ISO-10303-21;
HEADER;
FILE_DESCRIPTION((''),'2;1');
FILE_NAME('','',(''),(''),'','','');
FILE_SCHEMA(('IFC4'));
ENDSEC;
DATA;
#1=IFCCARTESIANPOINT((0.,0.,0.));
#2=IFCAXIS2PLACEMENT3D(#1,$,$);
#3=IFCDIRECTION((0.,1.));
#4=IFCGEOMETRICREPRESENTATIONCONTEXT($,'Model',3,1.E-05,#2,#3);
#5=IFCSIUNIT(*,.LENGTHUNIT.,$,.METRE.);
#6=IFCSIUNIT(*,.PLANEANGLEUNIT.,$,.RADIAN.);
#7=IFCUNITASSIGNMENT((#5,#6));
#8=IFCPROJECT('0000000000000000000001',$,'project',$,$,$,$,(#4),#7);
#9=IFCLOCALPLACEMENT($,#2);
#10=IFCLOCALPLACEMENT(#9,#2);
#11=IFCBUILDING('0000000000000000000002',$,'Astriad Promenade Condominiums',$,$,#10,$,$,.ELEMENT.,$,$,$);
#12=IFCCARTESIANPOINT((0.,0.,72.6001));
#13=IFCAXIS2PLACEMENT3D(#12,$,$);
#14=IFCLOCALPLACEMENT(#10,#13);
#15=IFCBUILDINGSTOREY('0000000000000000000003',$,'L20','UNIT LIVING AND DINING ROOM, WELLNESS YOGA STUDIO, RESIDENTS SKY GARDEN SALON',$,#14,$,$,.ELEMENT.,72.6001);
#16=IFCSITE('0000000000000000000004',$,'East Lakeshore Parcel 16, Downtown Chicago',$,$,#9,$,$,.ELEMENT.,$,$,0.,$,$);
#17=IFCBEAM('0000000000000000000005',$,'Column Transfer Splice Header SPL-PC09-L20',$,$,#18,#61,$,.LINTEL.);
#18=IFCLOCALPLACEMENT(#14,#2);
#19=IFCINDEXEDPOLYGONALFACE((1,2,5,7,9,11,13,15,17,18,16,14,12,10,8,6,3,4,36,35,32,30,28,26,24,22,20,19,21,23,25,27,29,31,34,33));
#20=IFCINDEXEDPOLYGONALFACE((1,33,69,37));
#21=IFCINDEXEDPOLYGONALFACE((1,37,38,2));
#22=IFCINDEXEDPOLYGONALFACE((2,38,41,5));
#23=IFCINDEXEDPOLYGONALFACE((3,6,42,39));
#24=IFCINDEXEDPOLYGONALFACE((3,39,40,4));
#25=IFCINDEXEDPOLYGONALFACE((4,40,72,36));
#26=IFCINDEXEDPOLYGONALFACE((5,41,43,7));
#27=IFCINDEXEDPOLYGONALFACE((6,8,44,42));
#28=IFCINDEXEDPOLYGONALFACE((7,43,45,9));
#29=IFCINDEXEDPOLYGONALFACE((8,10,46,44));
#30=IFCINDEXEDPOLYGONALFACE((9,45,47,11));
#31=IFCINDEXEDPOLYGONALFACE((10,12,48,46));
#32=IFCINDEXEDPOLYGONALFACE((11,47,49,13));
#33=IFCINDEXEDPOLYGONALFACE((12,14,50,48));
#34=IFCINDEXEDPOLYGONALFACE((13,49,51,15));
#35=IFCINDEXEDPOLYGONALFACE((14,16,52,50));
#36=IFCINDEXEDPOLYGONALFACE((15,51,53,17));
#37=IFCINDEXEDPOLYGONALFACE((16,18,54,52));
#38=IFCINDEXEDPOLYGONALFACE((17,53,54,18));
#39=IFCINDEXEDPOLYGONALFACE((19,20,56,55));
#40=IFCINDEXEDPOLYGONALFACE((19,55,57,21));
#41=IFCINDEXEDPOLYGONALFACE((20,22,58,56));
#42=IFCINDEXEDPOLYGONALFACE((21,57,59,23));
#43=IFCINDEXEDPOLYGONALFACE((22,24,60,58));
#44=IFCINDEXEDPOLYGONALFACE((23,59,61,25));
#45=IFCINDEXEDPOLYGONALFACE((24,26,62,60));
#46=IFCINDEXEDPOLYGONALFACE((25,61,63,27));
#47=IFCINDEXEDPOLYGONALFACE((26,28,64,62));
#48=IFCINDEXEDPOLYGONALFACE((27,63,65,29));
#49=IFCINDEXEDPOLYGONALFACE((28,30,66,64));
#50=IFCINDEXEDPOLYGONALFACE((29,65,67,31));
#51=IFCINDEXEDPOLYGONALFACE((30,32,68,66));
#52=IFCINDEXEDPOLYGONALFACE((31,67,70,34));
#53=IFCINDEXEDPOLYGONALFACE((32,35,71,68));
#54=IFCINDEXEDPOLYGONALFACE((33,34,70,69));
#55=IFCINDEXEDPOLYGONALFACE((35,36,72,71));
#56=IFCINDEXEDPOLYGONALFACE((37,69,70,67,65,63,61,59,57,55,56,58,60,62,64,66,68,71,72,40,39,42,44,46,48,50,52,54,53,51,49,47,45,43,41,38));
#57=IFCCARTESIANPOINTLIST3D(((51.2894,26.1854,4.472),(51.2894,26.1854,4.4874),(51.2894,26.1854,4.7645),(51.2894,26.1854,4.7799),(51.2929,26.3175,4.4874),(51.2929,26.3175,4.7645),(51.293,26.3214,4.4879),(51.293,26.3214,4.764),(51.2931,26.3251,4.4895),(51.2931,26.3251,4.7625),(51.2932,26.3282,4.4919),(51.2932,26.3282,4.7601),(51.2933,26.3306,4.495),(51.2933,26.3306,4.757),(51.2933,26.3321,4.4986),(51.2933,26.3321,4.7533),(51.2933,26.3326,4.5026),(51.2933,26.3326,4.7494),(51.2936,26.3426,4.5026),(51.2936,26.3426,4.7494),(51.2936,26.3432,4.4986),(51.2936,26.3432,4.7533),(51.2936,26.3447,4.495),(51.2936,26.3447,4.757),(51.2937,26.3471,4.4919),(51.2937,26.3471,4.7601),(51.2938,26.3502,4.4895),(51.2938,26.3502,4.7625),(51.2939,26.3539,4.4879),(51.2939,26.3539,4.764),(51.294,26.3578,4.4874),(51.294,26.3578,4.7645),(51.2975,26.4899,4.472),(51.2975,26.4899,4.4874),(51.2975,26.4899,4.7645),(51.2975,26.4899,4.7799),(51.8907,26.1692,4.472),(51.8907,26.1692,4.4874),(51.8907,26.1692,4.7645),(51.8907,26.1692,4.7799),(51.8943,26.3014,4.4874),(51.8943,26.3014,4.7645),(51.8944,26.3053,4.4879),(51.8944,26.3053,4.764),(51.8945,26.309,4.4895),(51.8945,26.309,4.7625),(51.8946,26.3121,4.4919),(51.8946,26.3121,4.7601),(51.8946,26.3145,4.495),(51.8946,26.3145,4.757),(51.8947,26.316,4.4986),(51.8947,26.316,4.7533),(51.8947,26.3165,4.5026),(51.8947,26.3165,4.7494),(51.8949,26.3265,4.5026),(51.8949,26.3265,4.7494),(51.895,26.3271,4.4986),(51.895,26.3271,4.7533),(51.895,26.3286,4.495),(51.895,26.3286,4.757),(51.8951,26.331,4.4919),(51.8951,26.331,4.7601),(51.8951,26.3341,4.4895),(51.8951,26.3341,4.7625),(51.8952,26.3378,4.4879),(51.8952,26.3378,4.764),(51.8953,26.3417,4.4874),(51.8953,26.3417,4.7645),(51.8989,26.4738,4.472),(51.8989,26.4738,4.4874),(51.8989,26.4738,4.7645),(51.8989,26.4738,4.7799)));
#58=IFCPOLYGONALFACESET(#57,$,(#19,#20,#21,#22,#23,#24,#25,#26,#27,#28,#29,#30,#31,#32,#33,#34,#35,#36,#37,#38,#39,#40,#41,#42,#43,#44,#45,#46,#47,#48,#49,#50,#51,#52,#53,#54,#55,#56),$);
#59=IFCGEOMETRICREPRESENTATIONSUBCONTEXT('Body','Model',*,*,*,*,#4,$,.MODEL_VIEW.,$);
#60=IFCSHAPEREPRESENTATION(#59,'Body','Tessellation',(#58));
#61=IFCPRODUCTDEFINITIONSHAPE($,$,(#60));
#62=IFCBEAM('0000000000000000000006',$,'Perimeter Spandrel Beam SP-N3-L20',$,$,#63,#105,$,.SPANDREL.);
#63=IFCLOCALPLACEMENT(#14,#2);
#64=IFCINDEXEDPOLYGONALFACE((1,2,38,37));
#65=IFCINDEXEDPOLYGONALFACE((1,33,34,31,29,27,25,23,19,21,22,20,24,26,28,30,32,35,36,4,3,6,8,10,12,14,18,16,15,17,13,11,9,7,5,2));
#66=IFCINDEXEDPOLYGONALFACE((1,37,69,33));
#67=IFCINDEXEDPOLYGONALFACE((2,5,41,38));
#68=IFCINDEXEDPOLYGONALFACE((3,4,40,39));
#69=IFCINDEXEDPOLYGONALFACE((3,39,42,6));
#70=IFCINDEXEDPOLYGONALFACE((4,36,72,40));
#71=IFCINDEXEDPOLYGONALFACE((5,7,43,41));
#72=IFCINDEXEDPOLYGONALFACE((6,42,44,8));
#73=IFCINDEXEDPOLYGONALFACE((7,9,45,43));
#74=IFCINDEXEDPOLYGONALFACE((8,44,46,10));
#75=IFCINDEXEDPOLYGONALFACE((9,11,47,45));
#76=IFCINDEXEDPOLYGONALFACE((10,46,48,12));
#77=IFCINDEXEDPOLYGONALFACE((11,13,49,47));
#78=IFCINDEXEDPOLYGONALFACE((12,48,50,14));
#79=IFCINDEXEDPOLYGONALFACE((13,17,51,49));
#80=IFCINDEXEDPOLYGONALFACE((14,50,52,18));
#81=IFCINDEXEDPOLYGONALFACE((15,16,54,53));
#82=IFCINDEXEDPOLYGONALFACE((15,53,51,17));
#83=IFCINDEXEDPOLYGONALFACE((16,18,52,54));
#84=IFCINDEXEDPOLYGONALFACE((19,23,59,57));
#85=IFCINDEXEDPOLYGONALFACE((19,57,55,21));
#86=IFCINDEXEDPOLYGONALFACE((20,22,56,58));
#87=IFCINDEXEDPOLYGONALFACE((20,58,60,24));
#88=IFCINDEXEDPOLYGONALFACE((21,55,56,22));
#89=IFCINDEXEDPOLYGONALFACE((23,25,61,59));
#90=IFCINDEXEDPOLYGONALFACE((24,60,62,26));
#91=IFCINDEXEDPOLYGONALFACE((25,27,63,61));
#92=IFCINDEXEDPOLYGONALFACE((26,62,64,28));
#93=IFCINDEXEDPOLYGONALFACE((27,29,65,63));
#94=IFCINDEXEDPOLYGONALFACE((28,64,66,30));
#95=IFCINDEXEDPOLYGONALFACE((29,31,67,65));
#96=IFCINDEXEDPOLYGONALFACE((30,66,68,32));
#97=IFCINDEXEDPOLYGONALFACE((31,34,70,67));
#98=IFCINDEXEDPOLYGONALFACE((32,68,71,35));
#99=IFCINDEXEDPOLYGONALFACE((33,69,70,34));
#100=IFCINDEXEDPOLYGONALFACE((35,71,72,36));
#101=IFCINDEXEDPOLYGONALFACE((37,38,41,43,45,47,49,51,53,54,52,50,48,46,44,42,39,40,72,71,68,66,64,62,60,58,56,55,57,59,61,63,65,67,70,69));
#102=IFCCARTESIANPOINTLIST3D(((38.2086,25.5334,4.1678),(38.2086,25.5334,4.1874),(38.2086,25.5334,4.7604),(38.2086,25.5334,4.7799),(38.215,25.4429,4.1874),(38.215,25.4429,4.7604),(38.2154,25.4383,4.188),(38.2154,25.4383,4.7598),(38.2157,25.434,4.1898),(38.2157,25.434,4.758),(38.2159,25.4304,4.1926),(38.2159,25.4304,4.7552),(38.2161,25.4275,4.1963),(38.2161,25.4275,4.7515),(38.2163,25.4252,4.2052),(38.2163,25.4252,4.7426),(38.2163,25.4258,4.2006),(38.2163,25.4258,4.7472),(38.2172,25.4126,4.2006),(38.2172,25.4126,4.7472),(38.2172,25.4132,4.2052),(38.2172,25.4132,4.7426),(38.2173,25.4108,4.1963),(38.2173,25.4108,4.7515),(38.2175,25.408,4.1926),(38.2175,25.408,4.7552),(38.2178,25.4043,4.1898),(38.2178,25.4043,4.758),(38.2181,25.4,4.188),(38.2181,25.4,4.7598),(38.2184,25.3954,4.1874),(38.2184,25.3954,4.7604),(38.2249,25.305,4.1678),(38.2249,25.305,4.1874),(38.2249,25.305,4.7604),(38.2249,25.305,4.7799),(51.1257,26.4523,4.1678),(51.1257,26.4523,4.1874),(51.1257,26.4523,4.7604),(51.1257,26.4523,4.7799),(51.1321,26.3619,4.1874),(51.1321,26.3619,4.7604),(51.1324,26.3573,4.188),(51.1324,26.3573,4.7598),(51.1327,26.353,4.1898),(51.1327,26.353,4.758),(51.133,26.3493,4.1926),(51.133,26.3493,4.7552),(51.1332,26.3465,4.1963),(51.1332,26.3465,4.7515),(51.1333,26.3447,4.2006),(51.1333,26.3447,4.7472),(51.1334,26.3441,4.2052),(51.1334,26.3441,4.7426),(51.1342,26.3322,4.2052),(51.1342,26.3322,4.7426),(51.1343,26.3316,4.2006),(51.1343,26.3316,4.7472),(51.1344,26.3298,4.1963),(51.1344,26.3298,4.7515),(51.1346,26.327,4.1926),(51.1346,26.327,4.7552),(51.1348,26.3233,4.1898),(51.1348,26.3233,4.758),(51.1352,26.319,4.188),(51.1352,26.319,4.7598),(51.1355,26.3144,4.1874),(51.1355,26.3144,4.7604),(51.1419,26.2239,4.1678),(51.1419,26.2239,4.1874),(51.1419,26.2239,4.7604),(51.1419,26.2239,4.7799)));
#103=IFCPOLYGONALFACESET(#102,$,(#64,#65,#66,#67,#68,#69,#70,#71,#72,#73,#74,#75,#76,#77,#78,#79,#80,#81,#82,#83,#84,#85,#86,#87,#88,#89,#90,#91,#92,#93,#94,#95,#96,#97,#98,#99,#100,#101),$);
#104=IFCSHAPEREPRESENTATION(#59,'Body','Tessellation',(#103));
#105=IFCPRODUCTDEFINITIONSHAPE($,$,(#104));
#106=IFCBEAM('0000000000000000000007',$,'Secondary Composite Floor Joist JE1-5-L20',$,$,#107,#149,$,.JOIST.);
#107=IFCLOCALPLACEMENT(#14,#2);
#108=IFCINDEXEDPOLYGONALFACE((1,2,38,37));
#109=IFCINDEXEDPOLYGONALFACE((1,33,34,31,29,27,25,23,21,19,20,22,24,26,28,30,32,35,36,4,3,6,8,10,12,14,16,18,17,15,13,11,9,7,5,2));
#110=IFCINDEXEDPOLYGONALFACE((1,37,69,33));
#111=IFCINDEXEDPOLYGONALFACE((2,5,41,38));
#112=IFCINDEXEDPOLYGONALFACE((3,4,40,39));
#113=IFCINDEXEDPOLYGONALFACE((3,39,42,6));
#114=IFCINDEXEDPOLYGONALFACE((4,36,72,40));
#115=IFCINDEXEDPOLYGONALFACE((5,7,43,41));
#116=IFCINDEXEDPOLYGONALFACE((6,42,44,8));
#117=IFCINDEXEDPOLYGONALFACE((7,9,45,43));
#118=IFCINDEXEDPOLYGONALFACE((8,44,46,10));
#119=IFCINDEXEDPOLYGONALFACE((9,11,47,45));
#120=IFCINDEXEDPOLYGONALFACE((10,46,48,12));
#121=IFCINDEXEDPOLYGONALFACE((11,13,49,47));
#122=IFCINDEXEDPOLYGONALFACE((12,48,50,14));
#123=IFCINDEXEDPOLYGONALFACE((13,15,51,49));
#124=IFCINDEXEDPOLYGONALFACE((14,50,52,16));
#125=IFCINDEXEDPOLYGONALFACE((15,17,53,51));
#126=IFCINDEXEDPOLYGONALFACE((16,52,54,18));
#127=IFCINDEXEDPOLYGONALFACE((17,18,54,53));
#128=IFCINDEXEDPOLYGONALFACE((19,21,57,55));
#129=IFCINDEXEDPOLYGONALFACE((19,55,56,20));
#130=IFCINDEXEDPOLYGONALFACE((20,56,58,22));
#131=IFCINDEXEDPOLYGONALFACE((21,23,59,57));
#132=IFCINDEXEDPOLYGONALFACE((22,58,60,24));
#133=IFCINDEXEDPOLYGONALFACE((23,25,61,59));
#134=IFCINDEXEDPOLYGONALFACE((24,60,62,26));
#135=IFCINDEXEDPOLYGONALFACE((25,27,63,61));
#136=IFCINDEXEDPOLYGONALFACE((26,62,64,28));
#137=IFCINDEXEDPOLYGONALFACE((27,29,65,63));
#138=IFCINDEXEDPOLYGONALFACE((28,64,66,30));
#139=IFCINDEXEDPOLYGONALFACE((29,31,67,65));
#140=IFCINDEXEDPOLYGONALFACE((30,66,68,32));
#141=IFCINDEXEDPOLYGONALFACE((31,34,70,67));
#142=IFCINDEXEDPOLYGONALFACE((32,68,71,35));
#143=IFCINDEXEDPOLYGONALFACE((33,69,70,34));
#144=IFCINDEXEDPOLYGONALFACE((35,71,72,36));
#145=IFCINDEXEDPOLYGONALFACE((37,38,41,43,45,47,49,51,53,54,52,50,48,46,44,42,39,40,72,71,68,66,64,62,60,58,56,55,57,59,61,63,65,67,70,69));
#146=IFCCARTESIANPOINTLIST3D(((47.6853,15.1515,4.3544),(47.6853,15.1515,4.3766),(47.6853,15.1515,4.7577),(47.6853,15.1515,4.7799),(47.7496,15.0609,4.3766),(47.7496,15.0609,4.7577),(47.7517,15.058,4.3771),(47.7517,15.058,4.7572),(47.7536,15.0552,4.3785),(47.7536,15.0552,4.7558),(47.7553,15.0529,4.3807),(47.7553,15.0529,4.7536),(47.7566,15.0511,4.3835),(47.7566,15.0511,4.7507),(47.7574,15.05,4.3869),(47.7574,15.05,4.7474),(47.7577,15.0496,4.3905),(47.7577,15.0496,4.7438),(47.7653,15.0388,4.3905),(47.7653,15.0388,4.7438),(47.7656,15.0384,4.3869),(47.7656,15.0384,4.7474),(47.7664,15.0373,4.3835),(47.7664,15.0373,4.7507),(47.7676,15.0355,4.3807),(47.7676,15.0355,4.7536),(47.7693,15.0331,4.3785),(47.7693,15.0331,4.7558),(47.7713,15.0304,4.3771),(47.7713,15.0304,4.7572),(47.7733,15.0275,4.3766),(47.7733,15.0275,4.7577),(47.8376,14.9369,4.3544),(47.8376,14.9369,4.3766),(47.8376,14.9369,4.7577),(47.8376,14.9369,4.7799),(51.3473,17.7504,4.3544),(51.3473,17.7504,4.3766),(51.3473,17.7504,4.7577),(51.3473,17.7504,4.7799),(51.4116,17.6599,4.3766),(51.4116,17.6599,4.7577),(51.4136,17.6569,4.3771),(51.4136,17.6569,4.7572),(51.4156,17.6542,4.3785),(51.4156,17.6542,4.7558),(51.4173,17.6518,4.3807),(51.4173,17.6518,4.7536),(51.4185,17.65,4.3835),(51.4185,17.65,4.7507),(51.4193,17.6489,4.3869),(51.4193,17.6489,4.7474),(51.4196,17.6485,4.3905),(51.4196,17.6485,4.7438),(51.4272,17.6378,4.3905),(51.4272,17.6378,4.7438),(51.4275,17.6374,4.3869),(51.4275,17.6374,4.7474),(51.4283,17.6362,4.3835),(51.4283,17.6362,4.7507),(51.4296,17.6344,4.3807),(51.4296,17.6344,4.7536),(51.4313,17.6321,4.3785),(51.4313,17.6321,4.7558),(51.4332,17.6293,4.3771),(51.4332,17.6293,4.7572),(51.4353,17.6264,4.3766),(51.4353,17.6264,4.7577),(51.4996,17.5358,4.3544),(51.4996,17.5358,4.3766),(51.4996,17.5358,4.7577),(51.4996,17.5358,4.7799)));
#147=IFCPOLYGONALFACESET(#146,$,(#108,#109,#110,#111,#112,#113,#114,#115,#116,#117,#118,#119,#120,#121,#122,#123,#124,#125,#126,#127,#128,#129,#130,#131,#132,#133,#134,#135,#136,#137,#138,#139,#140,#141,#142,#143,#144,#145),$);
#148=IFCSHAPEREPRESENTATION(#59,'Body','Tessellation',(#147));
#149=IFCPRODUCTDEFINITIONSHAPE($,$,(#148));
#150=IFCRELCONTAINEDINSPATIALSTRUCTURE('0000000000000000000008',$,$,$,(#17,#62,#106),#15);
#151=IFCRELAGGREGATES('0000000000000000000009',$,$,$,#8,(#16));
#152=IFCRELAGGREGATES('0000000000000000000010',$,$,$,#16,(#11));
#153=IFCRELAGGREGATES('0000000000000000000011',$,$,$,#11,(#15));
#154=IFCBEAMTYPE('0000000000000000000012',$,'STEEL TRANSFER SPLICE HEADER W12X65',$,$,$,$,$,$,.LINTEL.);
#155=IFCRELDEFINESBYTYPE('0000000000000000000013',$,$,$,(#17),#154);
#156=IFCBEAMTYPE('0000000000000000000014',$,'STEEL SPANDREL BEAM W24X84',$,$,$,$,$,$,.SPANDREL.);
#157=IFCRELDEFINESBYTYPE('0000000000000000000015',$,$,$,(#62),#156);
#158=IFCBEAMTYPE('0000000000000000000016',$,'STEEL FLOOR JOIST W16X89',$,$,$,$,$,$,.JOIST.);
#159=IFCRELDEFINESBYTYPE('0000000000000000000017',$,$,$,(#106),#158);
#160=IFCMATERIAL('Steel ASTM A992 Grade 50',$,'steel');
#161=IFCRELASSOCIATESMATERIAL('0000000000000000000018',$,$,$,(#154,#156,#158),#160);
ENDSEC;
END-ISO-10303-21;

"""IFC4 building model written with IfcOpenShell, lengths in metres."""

from ifc_helpers import new_model, si_unit, direction, frame, origin, origin_2d, place, context, subcontext, project, spatial, i_section, extrude, source, transform, mapped, material, material_profile, profile_set, type_object, type_shapes, element, save


model = new_model("IFC4")

# Units and contexts
model_context = context("Model", 3, precision=1e-05, world=origin(), true_north=direction((0.0, 1.0)))
body_context = subcontext(model_context, "Body", "Model", "MODEL_VIEW")
ifc_project = project(units=[si_unit("LENGTHUNIT", "METRE"), si_unit("PLANEANGLEUNIT", "RADIAN")], contexts=[model_context])

# Site, building, storey
site_placement = place(None, origin())
site = spatial("IfcSite", under=ifc_project, at=site_placement, Name="East Lakeshore Parcel 16, Downtown Chicago", CompositionType="ELEMENT", RefElevation=0.0)
building_placement = place(site_placement, origin())
building = spatial("IfcBuilding", under=site, at=building_placement, Name="Astriad Promenade Condominiums", CompositionType="ELEMENT")
storey_placement = place(building_placement, frame((0.0, 0.0, 72.6001)))
storey = spatial("IfcBuildingStorey", under=building, at=storey_placement, Name="L20", Description="UNIT LIVING AND DINING ROOM, WELLNESS YOGA STUDIO, RESIDENTS SKY GARDEN SALON", CompositionType="ELEMENT", Elevation=72.6001)

# Shared definitions
ifc_material_1 = material(Name="Steel ASTM A992 Grade 50", Category="steel")

# Beams
ifc_material_profile_1 = material_profile(ifc_material_1, i_section(OverallWidth=0.3047, OverallDepth=0.3079, WebThickness=0.01, FlangeThickness=0.0154, FilletRadius=0.0151, at=origin_2d()), Name="W12X65")
ifc_profile_set_1 = profile_set([ifc_material_profile_1], Name="Steel ASTM A992 Grade 50")
beam_type_1 = type_object("IfcBeamType", Name="STEEL TRANSFER SPLICE HEADER W12X65", PredefinedType="LINTEL", material=ifc_profile_set_1)
shared_shape_1 = source(origin(), body_context, "Body", "SweptSolid", [
    extrude(i_section(OverallWidth=0.3047, OverallDepth=0.3079, WebThickness=0.01, FlangeThickness=0.0154, FilletRadius=0.0151, at=origin_2d()), origin(), (0.0, 0.0, 1.0), 0.6016),
])
type_shapes(beam_type_1, [shared_shape_1])
beam_1_placement = place(storey_placement, frame((51.2935, 26.3376, 4.626), z_axis=(0.999641, -0.026787, 0.0), x_axis=(0.026787, 0.999641, 0.0)))
element("IfcBeam", 1, at=beam_1_placement, inside=storey, type_object=beam_type_1, Name="Column Transfer Splice Header SPL-PC09-L20", PredefinedType="LINTEL", context=body_context, shape_type="MappedRepresentation", body=[
    mapped(shared_shape_1, transform((0.0, 0.0, 0.0), scale=1.0)),
])
ifc_material_profile_2 = material_profile(ifc_material_1, i_section(OverallWidth=0.229, OverallDepth=0.6121, WebThickness=0.012, FlangeThickness=0.0195, FilletRadius=0.0178, at=origin_2d()), Name="W24X84")
ifc_profile_set_2 = profile_set([ifc_material_profile_2], Name="Steel ASTM A992 Grade 50")
beam_type_2 = type_object("IfcBeamType", Name="STEEL SPANDREL BEAM W24X84", PredefinedType="SPANDREL", material=ifc_profile_set_2)
shared_shape_2 = source(origin(), body_context, "Body", "SweptSolid", [
    extrude(i_section(OverallWidth=0.229, OverallDepth=0.6121, WebThickness=0.012, FlangeThickness=0.0195, FilletRadius=0.0178, at=origin_2d()), origin(), (0.0, 0.0, 1.0), 12.9497),
])
type_shapes(beam_type_2, [shared_shape_2])
beam_2_placement = place(storey_placement, frame((51.1338, 26.3381, 4.4739), z_axis=(-0.997479, -0.070963, 0.0), x_axis=(0.070963, -0.997479, 0.0)))
element("IfcBeam", 2, at=beam_2_placement, inside=storey, type_object=beam_type_2, Name="Perimeter Spandrel Beam SP-N3-L20", PredefinedType="SPANDREL", context=body_context, shape_type="MappedRepresentation", body=[
    mapped(shared_shape_2, transform((0.0, 0.0, 0.0), scale=1.0)),
])
ifc_material_profile_3 = material_profile(ifc_material_1, i_section(OverallWidth=0.2632, OverallDepth=0.4255, WebThickness=0.0132, FlangeThickness=0.0222, FilletRadius=0.0139, at=origin_2d()), Name="W16X89")
ifc_profile_set_3 = profile_set([ifc_material_profile_3], Name="Steel ASTM A992 Grade 50")
beam_type_3 = type_object("IfcBeamType", Name="STEEL FLOOR JOIST W16X89", PredefinedType="JOIST", material=ifc_profile_set_3)
shared_shape_3 = source(origin(), body_context, "Body", "SweptSolid", [
    extrude(i_section(OverallWidth=0.2632, OverallDepth=0.4255, WebThickness=0.0132, FlangeThickness=0.0222, FilletRadius=0.0139, at=origin_2d()), origin(), (0.0, 0.0, 1.0), 4.4905),
])
beam_3_placement = place(storey_placement, frame((47.7615, 15.0442, 4.5671), z_axis=(0.815493, 0.578767, 0.0), x_axis=(-0.578767, 0.815493, 0.0)))
element("IfcBeam", 3, at=beam_3_placement, inside=storey, type_object=beam_type_3, Name="Secondary Composite Floor Joist JE1-5-L20", PredefinedType="JOIST", context=body_context, shape_type="MappedRepresentation", body=[
    mapped(shared_shape_3, transform((0.0, 0.0, 0.0), scale=1.0)),
])

save(model, "model.ifc")
